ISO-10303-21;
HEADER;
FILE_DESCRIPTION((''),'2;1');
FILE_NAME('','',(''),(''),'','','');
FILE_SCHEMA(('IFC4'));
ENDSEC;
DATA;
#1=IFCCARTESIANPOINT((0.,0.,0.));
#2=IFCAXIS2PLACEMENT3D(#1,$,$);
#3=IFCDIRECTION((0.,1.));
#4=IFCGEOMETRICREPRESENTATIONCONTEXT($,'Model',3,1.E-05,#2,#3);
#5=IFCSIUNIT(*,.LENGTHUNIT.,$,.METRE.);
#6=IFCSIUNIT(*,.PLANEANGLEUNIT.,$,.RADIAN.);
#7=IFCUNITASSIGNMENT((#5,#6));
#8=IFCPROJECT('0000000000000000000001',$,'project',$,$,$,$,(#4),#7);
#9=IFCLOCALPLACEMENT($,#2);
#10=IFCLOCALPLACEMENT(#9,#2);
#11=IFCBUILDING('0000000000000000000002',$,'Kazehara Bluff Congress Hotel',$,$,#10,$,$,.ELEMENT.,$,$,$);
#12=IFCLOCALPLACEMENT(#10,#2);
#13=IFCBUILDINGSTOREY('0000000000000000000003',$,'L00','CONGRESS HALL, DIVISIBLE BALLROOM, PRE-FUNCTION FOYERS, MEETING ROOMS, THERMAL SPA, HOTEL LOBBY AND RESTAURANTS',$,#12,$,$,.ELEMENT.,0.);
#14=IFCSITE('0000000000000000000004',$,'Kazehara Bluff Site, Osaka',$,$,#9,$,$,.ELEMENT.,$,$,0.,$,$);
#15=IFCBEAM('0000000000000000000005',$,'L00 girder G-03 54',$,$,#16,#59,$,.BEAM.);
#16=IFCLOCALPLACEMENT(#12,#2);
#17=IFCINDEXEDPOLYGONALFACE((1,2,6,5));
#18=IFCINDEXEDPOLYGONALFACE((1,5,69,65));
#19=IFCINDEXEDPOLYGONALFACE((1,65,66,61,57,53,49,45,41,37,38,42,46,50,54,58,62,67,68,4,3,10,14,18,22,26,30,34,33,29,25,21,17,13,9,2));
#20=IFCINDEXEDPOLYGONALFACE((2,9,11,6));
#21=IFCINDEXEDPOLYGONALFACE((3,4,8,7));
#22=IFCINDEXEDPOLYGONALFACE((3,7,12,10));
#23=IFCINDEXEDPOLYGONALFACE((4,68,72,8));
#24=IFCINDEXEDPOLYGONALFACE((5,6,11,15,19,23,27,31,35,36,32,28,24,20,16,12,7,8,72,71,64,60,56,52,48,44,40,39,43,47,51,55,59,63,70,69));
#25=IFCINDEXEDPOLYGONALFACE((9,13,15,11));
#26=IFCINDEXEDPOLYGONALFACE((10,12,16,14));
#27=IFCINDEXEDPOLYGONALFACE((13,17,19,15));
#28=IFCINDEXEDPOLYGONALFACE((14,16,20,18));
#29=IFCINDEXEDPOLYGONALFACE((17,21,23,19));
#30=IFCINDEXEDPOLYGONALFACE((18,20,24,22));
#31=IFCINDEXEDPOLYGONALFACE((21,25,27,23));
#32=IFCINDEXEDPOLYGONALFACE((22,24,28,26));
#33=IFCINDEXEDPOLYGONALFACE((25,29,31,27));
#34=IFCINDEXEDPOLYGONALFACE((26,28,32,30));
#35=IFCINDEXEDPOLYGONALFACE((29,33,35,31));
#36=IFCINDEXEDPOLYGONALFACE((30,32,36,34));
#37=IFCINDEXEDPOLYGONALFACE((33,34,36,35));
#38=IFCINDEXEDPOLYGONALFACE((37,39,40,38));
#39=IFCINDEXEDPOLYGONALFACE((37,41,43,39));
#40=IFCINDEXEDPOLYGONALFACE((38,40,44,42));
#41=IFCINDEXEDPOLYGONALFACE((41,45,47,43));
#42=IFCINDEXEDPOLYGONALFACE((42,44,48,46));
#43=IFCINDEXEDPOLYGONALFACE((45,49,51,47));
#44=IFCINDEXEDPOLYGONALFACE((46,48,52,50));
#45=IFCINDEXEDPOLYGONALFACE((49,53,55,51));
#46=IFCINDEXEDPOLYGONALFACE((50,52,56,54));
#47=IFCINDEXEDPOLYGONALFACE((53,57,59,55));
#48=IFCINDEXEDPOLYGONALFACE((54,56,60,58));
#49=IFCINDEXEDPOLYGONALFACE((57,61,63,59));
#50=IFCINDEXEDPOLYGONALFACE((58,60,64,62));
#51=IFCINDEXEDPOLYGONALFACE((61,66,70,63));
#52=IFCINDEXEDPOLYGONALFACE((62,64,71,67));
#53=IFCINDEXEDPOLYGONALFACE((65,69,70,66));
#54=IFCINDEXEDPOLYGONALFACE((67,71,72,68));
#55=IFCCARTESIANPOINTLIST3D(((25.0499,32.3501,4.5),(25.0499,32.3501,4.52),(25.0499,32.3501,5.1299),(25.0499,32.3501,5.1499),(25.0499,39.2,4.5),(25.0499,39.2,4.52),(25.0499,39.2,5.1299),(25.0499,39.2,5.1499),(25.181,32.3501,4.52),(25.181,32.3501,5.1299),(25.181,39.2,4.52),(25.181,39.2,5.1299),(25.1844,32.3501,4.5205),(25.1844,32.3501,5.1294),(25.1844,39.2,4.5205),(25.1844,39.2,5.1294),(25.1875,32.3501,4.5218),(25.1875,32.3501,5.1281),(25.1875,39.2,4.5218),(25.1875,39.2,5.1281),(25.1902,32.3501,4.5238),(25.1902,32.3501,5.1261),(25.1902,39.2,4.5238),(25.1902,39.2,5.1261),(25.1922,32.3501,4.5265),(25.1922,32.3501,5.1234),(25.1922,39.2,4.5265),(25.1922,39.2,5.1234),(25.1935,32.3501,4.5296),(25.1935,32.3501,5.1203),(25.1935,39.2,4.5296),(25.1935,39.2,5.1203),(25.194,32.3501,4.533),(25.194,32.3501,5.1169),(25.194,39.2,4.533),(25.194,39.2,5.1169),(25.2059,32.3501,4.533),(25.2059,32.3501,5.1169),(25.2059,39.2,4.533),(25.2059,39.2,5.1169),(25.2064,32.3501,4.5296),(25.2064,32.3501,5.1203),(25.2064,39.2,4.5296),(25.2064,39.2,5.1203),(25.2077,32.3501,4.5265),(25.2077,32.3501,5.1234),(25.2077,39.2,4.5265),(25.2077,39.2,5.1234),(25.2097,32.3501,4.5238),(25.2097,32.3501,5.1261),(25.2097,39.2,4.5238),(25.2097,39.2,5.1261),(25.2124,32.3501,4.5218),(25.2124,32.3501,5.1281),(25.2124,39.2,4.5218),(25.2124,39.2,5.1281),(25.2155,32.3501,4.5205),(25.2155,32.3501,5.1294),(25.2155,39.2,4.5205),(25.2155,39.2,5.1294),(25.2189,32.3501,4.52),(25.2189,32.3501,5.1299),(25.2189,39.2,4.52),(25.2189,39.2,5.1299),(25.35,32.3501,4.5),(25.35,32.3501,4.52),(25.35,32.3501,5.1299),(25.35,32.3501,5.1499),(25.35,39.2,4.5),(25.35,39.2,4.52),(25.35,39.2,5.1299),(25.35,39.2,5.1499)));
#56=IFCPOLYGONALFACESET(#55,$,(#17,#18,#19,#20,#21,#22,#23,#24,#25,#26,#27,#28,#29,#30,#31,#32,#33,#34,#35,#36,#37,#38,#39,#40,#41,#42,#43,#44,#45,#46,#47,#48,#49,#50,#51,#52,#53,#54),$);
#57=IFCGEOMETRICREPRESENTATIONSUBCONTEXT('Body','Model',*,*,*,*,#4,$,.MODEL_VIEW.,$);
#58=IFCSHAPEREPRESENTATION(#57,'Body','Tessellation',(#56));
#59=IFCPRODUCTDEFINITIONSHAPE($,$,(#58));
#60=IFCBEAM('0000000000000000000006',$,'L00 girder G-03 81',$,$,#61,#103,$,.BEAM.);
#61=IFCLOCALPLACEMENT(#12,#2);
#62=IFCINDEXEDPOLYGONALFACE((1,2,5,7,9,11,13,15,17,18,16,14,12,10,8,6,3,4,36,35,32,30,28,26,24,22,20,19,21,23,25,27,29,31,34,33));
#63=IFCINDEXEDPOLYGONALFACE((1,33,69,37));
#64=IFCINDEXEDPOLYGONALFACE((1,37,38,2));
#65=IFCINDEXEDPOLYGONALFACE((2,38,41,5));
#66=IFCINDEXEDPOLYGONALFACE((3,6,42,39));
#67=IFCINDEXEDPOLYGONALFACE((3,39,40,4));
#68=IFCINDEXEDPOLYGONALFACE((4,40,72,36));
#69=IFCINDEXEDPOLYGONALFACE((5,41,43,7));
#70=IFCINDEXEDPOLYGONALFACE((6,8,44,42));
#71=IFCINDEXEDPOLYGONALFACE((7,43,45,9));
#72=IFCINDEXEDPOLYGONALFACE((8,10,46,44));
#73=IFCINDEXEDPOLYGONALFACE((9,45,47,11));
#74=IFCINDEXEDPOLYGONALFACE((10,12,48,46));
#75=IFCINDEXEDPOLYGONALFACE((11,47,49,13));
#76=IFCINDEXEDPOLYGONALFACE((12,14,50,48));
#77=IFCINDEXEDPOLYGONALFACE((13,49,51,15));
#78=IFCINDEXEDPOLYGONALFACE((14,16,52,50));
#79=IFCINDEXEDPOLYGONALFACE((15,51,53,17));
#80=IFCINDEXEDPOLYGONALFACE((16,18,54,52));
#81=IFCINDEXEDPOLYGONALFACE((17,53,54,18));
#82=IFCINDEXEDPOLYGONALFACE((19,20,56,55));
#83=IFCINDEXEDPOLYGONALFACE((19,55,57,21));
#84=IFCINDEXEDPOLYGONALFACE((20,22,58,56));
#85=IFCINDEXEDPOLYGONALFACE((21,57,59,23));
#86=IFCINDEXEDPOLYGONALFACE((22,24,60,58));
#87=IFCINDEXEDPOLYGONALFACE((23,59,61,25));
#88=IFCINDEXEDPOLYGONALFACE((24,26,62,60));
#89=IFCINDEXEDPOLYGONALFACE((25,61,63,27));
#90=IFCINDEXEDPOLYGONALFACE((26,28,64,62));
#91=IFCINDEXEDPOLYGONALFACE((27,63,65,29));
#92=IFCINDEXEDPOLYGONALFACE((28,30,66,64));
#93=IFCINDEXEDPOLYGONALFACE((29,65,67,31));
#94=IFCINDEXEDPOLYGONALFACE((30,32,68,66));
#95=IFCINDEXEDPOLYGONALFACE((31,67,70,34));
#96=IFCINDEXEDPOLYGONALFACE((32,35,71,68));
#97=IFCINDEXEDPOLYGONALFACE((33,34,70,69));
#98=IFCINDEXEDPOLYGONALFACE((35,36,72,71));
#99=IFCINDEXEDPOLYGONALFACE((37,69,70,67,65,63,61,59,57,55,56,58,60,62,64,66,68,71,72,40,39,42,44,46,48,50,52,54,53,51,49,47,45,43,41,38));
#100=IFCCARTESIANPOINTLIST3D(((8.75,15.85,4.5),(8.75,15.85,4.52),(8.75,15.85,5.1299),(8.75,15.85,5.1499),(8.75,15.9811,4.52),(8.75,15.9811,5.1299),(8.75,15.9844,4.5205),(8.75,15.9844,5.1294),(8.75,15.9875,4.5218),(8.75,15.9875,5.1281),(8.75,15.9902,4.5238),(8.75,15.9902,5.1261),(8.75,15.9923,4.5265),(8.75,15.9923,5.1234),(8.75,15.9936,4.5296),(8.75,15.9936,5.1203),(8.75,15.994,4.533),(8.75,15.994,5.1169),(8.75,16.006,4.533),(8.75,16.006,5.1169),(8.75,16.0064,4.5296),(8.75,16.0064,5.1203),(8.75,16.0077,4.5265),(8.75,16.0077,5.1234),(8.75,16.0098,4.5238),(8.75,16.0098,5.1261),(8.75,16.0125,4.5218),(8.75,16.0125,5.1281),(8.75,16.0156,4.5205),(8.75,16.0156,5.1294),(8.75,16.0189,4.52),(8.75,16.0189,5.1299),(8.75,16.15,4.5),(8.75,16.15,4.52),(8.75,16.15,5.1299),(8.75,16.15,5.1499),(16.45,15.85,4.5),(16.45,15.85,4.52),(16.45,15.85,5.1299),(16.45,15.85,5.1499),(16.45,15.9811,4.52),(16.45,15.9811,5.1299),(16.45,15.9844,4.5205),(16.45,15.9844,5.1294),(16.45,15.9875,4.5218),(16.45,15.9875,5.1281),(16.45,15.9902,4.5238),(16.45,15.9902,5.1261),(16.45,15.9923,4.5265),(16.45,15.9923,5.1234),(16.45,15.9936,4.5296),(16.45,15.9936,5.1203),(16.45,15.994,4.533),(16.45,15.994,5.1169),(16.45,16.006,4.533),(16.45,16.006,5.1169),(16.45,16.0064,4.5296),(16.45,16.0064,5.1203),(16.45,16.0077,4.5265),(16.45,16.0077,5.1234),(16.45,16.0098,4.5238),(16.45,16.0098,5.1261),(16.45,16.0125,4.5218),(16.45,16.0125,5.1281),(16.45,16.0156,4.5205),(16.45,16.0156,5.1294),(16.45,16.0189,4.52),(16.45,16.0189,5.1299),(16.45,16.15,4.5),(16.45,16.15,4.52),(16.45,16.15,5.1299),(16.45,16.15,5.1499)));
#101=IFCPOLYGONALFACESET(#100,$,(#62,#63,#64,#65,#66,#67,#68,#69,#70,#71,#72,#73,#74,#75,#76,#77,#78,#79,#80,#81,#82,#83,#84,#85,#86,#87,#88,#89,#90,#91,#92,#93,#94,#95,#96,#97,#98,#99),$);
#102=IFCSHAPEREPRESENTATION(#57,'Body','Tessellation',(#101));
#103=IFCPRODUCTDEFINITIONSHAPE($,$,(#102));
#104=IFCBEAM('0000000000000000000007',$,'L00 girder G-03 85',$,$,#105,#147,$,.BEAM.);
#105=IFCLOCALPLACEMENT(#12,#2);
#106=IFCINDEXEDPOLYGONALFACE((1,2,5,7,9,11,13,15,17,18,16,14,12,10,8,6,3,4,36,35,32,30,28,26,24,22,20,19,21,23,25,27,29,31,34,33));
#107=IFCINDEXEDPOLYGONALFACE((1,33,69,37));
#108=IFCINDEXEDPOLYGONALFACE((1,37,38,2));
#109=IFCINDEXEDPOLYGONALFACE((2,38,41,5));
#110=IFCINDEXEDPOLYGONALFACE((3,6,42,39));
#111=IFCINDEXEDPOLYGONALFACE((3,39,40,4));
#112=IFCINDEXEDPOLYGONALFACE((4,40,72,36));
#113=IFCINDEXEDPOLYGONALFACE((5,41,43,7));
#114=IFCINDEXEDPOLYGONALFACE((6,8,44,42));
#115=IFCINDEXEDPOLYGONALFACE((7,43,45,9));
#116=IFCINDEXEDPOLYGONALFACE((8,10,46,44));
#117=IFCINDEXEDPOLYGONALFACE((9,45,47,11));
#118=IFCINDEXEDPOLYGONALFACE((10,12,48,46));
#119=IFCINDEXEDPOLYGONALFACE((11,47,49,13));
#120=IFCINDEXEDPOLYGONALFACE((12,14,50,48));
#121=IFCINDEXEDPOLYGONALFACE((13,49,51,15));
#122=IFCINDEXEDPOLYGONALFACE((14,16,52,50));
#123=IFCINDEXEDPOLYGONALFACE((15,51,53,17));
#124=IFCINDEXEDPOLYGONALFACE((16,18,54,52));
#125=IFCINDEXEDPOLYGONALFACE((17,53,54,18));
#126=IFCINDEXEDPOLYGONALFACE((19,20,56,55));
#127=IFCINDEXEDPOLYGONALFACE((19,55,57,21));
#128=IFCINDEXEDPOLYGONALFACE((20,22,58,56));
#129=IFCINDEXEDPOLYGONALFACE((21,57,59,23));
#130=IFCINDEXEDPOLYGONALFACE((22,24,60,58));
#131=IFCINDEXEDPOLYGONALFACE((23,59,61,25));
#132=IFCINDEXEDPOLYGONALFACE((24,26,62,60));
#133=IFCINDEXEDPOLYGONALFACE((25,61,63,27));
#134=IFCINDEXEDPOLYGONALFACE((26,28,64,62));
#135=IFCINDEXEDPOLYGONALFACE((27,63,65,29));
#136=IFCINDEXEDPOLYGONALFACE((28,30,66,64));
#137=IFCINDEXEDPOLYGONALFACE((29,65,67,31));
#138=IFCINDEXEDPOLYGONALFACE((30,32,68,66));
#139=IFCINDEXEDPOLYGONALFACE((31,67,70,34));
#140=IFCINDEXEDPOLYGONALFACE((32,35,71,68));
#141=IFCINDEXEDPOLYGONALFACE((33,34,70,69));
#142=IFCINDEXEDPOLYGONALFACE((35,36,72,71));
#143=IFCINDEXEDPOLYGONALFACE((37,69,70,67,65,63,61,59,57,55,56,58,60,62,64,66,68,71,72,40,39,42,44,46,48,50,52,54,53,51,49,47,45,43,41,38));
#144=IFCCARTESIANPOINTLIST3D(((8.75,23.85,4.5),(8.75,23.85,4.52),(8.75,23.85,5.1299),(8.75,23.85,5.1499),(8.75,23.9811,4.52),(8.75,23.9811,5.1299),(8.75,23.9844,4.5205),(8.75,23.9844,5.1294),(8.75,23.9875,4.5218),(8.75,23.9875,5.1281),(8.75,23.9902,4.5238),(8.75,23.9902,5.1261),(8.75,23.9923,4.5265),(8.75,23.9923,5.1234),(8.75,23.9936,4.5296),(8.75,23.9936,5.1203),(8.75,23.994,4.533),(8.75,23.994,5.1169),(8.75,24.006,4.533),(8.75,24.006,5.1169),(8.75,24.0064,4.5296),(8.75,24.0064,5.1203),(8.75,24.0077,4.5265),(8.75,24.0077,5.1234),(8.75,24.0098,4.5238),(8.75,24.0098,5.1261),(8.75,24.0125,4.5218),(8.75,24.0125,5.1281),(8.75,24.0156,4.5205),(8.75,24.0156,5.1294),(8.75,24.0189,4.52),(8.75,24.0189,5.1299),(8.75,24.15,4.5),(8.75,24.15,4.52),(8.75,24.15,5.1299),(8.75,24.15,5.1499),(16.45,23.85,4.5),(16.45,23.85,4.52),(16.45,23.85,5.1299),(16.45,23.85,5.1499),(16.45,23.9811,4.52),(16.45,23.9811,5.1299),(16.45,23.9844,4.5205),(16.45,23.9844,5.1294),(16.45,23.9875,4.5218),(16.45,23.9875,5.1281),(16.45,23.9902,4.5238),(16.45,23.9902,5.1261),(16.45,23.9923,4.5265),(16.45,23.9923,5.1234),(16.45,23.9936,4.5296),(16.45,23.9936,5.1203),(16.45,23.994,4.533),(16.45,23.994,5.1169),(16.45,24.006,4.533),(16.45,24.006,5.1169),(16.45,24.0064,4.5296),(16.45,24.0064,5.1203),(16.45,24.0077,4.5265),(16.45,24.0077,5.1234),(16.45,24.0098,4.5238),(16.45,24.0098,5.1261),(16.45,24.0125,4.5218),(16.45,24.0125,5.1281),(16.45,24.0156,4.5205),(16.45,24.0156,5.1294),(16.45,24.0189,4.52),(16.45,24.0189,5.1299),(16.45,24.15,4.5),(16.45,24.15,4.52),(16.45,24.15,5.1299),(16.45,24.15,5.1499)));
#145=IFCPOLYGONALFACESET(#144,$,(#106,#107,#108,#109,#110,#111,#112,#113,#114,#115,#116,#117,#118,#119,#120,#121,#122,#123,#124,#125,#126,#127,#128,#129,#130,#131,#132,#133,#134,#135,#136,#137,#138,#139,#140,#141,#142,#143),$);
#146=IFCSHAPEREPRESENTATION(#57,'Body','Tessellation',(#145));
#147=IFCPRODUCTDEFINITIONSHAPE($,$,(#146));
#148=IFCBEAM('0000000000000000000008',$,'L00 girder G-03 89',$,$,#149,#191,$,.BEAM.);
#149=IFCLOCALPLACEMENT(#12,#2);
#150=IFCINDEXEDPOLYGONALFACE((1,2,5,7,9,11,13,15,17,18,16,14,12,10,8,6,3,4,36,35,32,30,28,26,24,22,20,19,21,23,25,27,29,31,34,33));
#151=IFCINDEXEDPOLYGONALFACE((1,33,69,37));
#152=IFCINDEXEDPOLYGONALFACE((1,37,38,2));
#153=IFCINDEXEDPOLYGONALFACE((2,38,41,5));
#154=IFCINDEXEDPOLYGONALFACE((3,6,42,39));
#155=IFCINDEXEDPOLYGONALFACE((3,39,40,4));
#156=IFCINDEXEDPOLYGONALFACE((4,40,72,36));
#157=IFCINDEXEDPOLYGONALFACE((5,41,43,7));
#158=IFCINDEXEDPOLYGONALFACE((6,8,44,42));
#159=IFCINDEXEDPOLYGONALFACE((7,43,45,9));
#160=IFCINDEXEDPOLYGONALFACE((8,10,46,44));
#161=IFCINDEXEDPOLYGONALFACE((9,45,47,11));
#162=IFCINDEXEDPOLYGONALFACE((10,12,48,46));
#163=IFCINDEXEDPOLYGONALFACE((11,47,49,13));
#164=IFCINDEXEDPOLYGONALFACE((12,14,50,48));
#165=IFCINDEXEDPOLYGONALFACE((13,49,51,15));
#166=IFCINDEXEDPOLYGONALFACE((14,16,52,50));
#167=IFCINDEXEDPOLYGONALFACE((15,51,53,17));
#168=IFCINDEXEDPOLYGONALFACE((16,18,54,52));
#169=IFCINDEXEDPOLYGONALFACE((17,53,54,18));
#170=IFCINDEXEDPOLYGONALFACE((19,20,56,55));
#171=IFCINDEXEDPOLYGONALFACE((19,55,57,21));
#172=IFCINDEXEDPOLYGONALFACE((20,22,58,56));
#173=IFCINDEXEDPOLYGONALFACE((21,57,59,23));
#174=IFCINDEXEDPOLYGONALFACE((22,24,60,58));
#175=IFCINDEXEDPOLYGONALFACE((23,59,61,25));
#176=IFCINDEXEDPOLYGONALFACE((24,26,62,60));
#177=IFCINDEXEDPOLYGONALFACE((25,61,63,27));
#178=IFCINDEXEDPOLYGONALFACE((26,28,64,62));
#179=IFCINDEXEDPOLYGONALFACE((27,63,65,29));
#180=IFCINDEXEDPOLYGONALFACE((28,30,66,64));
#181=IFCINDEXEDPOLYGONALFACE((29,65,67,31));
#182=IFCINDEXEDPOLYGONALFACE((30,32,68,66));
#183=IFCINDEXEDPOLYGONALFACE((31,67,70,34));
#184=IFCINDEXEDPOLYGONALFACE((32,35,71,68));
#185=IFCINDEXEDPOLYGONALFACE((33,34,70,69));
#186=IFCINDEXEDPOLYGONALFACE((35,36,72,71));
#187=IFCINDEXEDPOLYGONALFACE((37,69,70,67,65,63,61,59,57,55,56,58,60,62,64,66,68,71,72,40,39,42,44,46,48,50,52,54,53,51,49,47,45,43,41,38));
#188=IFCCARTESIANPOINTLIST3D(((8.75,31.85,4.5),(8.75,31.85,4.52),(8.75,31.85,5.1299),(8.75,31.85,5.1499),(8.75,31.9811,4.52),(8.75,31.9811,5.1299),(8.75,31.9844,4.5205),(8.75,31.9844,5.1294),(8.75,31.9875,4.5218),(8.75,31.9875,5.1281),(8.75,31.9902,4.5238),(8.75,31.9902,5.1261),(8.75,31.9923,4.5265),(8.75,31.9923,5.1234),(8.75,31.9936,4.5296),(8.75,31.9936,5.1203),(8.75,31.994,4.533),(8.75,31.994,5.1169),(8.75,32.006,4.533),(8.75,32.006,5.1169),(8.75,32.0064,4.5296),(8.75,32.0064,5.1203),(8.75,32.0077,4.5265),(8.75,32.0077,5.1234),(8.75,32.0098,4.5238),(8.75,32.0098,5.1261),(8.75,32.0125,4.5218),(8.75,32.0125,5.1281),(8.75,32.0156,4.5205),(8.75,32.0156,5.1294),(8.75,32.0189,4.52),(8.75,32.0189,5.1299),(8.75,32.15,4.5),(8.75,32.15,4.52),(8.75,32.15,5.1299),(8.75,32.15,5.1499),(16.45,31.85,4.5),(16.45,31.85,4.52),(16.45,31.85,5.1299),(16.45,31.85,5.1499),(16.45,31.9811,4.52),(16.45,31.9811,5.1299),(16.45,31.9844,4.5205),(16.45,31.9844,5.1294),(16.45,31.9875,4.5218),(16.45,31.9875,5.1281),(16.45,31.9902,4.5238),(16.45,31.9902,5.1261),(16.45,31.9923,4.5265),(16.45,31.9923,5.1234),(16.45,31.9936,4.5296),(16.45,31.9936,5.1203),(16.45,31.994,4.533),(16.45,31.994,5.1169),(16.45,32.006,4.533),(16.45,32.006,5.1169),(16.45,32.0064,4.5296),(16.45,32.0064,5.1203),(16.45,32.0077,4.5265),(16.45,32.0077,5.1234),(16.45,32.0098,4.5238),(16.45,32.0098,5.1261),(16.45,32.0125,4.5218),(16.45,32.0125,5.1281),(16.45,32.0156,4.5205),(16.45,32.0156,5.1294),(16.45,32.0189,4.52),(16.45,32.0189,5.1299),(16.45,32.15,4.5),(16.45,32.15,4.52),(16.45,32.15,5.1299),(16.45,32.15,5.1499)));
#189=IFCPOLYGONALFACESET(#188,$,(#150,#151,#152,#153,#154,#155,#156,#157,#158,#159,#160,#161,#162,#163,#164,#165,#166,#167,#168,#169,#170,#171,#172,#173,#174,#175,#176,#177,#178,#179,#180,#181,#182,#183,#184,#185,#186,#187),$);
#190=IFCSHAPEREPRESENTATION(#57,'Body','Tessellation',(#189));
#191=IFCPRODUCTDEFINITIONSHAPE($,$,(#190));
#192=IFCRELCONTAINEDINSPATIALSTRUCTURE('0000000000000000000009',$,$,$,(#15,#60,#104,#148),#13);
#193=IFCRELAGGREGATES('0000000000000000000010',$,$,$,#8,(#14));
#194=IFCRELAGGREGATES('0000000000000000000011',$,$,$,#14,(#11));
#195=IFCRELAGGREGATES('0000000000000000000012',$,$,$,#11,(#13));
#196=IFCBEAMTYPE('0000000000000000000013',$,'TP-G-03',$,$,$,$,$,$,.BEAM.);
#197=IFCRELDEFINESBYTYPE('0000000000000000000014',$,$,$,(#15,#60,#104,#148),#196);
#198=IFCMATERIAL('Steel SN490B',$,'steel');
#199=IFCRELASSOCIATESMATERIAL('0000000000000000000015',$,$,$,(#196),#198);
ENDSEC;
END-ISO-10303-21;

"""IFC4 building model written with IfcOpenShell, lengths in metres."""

from ifc_helpers import new_model, si_unit, direction, frame, origin, origin_2d, place, context, subcontext, project, spatial, i_section, extrude, material, material_profile, profile_set, type_object, element, save


model = new_model("IFC4")

# Units and contexts
model_context = context("Model", 3, precision=1e-05, world=origin(), true_north=direction((0.0, 1.0)))
body_context = subcontext(model_context, "Body", "Model", "MODEL_VIEW")
ifc_project = project(units=[si_unit("LENGTHUNIT", "METRE"), si_unit("PLANEANGLEUNIT", "RADIAN")], contexts=[model_context])

# Site, building, storey
site_placement = place(None, origin())
site = spatial("IfcSite", under=ifc_project, at=site_placement, Name="Kazehara Bluff Site, Osaka", CompositionType="ELEMENT", RefElevation=0.0)
building_placement = place(site_placement, origin())
building = spatial("IfcBuilding", under=site, at=building_placement, Name="Kazehara Bluff Congress Hotel", CompositionType="ELEMENT")
storey_placement = place(building_placement, origin())
storey = spatial("IfcBuildingStorey", under=building, at=storey_placement, Name="L00", Description="CONGRESS HALL, DIVISIBLE BALLROOM, PRE-FUNCTION FOYERS, MEETING ROOMS, THERMAL SPA, HOTEL LOBBY AND RESTAURANTS", CompositionType="ELEMENT", Elevation=0.0)

# Beams
ifc_material_1 = material(Name="Steel SN490B", Category="steel")
ifc_material_profile_1 = material_profile(ifc_material_1, i_section(OverallWidth=0.3, OverallDepth=0.6499, WebThickness=0.012, FlangeThickness=0.02, FilletRadius=0.0129, at=origin_2d()))
ifc_profile_set_1 = profile_set([ifc_material_profile_1], Name="Steel SN490B")
beam_type_1 = type_object("IfcBeamType", Name="TP-G-03", PredefinedType="BEAM", material=ifc_profile_set_1)
beam_1_placement = place(storey_placement, frame((25.2, 32.3501, 4.825), z_axis=(0.0, 1.0, 0.0), x_axis=(-1.0, 0.0, 0.0)))
element("IfcBeam", 1, at=beam_1_placement, inside=storey, type_object=beam_type_1, Name="L00 girder G-03 54", PredefinedType="BEAM", context=body_context, shape_type="SweptSolid", body=[
    extrude(i_section(OverallWidth=0.3, OverallDepth=0.6499, WebThickness=0.012, FlangeThickness=0.02, FilletRadius=0.0129, at=origin_2d()), origin(), (0.0, 0.0, 1.0), 6.8499),
])
for number, where, z_axis, x_axis, name in (
    (2, (8.75, 16.0, 4.825), (1.0, 0.0, 0.0), (0.0, 1.0, 0.0), "L00 girder G-03 81"),
    (3, (8.75, 24.0, 4.825), (1.0, 0.0, 0.0), (0.0, 1.0, 0.0), "L00 girder G-03 85"),
    (4, (8.75, 32.0, 4.825), (1.0, 0.0, 0.0), (0.0, 1.0, 0.0), "L00 girder G-03 89"),
):
    element("IfcBeam", number, at=place(storey_placement, frame(where, z_axis=z_axis, x_axis=x_axis)), inside=storey, type_object=beam_type_1, Name=name, PredefinedType="BEAM", context=body_context, shape_type="SweptSolid", body=[
        extrude(i_section(OverallWidth=0.3, OverallDepth=0.6499, WebThickness=0.012, FlangeThickness=0.02, FilletRadius=0.0129, at=origin_2d()), origin(), (0.0, 0.0, 1.0), 7.7),
    ])

save(model, "model.ifc")
